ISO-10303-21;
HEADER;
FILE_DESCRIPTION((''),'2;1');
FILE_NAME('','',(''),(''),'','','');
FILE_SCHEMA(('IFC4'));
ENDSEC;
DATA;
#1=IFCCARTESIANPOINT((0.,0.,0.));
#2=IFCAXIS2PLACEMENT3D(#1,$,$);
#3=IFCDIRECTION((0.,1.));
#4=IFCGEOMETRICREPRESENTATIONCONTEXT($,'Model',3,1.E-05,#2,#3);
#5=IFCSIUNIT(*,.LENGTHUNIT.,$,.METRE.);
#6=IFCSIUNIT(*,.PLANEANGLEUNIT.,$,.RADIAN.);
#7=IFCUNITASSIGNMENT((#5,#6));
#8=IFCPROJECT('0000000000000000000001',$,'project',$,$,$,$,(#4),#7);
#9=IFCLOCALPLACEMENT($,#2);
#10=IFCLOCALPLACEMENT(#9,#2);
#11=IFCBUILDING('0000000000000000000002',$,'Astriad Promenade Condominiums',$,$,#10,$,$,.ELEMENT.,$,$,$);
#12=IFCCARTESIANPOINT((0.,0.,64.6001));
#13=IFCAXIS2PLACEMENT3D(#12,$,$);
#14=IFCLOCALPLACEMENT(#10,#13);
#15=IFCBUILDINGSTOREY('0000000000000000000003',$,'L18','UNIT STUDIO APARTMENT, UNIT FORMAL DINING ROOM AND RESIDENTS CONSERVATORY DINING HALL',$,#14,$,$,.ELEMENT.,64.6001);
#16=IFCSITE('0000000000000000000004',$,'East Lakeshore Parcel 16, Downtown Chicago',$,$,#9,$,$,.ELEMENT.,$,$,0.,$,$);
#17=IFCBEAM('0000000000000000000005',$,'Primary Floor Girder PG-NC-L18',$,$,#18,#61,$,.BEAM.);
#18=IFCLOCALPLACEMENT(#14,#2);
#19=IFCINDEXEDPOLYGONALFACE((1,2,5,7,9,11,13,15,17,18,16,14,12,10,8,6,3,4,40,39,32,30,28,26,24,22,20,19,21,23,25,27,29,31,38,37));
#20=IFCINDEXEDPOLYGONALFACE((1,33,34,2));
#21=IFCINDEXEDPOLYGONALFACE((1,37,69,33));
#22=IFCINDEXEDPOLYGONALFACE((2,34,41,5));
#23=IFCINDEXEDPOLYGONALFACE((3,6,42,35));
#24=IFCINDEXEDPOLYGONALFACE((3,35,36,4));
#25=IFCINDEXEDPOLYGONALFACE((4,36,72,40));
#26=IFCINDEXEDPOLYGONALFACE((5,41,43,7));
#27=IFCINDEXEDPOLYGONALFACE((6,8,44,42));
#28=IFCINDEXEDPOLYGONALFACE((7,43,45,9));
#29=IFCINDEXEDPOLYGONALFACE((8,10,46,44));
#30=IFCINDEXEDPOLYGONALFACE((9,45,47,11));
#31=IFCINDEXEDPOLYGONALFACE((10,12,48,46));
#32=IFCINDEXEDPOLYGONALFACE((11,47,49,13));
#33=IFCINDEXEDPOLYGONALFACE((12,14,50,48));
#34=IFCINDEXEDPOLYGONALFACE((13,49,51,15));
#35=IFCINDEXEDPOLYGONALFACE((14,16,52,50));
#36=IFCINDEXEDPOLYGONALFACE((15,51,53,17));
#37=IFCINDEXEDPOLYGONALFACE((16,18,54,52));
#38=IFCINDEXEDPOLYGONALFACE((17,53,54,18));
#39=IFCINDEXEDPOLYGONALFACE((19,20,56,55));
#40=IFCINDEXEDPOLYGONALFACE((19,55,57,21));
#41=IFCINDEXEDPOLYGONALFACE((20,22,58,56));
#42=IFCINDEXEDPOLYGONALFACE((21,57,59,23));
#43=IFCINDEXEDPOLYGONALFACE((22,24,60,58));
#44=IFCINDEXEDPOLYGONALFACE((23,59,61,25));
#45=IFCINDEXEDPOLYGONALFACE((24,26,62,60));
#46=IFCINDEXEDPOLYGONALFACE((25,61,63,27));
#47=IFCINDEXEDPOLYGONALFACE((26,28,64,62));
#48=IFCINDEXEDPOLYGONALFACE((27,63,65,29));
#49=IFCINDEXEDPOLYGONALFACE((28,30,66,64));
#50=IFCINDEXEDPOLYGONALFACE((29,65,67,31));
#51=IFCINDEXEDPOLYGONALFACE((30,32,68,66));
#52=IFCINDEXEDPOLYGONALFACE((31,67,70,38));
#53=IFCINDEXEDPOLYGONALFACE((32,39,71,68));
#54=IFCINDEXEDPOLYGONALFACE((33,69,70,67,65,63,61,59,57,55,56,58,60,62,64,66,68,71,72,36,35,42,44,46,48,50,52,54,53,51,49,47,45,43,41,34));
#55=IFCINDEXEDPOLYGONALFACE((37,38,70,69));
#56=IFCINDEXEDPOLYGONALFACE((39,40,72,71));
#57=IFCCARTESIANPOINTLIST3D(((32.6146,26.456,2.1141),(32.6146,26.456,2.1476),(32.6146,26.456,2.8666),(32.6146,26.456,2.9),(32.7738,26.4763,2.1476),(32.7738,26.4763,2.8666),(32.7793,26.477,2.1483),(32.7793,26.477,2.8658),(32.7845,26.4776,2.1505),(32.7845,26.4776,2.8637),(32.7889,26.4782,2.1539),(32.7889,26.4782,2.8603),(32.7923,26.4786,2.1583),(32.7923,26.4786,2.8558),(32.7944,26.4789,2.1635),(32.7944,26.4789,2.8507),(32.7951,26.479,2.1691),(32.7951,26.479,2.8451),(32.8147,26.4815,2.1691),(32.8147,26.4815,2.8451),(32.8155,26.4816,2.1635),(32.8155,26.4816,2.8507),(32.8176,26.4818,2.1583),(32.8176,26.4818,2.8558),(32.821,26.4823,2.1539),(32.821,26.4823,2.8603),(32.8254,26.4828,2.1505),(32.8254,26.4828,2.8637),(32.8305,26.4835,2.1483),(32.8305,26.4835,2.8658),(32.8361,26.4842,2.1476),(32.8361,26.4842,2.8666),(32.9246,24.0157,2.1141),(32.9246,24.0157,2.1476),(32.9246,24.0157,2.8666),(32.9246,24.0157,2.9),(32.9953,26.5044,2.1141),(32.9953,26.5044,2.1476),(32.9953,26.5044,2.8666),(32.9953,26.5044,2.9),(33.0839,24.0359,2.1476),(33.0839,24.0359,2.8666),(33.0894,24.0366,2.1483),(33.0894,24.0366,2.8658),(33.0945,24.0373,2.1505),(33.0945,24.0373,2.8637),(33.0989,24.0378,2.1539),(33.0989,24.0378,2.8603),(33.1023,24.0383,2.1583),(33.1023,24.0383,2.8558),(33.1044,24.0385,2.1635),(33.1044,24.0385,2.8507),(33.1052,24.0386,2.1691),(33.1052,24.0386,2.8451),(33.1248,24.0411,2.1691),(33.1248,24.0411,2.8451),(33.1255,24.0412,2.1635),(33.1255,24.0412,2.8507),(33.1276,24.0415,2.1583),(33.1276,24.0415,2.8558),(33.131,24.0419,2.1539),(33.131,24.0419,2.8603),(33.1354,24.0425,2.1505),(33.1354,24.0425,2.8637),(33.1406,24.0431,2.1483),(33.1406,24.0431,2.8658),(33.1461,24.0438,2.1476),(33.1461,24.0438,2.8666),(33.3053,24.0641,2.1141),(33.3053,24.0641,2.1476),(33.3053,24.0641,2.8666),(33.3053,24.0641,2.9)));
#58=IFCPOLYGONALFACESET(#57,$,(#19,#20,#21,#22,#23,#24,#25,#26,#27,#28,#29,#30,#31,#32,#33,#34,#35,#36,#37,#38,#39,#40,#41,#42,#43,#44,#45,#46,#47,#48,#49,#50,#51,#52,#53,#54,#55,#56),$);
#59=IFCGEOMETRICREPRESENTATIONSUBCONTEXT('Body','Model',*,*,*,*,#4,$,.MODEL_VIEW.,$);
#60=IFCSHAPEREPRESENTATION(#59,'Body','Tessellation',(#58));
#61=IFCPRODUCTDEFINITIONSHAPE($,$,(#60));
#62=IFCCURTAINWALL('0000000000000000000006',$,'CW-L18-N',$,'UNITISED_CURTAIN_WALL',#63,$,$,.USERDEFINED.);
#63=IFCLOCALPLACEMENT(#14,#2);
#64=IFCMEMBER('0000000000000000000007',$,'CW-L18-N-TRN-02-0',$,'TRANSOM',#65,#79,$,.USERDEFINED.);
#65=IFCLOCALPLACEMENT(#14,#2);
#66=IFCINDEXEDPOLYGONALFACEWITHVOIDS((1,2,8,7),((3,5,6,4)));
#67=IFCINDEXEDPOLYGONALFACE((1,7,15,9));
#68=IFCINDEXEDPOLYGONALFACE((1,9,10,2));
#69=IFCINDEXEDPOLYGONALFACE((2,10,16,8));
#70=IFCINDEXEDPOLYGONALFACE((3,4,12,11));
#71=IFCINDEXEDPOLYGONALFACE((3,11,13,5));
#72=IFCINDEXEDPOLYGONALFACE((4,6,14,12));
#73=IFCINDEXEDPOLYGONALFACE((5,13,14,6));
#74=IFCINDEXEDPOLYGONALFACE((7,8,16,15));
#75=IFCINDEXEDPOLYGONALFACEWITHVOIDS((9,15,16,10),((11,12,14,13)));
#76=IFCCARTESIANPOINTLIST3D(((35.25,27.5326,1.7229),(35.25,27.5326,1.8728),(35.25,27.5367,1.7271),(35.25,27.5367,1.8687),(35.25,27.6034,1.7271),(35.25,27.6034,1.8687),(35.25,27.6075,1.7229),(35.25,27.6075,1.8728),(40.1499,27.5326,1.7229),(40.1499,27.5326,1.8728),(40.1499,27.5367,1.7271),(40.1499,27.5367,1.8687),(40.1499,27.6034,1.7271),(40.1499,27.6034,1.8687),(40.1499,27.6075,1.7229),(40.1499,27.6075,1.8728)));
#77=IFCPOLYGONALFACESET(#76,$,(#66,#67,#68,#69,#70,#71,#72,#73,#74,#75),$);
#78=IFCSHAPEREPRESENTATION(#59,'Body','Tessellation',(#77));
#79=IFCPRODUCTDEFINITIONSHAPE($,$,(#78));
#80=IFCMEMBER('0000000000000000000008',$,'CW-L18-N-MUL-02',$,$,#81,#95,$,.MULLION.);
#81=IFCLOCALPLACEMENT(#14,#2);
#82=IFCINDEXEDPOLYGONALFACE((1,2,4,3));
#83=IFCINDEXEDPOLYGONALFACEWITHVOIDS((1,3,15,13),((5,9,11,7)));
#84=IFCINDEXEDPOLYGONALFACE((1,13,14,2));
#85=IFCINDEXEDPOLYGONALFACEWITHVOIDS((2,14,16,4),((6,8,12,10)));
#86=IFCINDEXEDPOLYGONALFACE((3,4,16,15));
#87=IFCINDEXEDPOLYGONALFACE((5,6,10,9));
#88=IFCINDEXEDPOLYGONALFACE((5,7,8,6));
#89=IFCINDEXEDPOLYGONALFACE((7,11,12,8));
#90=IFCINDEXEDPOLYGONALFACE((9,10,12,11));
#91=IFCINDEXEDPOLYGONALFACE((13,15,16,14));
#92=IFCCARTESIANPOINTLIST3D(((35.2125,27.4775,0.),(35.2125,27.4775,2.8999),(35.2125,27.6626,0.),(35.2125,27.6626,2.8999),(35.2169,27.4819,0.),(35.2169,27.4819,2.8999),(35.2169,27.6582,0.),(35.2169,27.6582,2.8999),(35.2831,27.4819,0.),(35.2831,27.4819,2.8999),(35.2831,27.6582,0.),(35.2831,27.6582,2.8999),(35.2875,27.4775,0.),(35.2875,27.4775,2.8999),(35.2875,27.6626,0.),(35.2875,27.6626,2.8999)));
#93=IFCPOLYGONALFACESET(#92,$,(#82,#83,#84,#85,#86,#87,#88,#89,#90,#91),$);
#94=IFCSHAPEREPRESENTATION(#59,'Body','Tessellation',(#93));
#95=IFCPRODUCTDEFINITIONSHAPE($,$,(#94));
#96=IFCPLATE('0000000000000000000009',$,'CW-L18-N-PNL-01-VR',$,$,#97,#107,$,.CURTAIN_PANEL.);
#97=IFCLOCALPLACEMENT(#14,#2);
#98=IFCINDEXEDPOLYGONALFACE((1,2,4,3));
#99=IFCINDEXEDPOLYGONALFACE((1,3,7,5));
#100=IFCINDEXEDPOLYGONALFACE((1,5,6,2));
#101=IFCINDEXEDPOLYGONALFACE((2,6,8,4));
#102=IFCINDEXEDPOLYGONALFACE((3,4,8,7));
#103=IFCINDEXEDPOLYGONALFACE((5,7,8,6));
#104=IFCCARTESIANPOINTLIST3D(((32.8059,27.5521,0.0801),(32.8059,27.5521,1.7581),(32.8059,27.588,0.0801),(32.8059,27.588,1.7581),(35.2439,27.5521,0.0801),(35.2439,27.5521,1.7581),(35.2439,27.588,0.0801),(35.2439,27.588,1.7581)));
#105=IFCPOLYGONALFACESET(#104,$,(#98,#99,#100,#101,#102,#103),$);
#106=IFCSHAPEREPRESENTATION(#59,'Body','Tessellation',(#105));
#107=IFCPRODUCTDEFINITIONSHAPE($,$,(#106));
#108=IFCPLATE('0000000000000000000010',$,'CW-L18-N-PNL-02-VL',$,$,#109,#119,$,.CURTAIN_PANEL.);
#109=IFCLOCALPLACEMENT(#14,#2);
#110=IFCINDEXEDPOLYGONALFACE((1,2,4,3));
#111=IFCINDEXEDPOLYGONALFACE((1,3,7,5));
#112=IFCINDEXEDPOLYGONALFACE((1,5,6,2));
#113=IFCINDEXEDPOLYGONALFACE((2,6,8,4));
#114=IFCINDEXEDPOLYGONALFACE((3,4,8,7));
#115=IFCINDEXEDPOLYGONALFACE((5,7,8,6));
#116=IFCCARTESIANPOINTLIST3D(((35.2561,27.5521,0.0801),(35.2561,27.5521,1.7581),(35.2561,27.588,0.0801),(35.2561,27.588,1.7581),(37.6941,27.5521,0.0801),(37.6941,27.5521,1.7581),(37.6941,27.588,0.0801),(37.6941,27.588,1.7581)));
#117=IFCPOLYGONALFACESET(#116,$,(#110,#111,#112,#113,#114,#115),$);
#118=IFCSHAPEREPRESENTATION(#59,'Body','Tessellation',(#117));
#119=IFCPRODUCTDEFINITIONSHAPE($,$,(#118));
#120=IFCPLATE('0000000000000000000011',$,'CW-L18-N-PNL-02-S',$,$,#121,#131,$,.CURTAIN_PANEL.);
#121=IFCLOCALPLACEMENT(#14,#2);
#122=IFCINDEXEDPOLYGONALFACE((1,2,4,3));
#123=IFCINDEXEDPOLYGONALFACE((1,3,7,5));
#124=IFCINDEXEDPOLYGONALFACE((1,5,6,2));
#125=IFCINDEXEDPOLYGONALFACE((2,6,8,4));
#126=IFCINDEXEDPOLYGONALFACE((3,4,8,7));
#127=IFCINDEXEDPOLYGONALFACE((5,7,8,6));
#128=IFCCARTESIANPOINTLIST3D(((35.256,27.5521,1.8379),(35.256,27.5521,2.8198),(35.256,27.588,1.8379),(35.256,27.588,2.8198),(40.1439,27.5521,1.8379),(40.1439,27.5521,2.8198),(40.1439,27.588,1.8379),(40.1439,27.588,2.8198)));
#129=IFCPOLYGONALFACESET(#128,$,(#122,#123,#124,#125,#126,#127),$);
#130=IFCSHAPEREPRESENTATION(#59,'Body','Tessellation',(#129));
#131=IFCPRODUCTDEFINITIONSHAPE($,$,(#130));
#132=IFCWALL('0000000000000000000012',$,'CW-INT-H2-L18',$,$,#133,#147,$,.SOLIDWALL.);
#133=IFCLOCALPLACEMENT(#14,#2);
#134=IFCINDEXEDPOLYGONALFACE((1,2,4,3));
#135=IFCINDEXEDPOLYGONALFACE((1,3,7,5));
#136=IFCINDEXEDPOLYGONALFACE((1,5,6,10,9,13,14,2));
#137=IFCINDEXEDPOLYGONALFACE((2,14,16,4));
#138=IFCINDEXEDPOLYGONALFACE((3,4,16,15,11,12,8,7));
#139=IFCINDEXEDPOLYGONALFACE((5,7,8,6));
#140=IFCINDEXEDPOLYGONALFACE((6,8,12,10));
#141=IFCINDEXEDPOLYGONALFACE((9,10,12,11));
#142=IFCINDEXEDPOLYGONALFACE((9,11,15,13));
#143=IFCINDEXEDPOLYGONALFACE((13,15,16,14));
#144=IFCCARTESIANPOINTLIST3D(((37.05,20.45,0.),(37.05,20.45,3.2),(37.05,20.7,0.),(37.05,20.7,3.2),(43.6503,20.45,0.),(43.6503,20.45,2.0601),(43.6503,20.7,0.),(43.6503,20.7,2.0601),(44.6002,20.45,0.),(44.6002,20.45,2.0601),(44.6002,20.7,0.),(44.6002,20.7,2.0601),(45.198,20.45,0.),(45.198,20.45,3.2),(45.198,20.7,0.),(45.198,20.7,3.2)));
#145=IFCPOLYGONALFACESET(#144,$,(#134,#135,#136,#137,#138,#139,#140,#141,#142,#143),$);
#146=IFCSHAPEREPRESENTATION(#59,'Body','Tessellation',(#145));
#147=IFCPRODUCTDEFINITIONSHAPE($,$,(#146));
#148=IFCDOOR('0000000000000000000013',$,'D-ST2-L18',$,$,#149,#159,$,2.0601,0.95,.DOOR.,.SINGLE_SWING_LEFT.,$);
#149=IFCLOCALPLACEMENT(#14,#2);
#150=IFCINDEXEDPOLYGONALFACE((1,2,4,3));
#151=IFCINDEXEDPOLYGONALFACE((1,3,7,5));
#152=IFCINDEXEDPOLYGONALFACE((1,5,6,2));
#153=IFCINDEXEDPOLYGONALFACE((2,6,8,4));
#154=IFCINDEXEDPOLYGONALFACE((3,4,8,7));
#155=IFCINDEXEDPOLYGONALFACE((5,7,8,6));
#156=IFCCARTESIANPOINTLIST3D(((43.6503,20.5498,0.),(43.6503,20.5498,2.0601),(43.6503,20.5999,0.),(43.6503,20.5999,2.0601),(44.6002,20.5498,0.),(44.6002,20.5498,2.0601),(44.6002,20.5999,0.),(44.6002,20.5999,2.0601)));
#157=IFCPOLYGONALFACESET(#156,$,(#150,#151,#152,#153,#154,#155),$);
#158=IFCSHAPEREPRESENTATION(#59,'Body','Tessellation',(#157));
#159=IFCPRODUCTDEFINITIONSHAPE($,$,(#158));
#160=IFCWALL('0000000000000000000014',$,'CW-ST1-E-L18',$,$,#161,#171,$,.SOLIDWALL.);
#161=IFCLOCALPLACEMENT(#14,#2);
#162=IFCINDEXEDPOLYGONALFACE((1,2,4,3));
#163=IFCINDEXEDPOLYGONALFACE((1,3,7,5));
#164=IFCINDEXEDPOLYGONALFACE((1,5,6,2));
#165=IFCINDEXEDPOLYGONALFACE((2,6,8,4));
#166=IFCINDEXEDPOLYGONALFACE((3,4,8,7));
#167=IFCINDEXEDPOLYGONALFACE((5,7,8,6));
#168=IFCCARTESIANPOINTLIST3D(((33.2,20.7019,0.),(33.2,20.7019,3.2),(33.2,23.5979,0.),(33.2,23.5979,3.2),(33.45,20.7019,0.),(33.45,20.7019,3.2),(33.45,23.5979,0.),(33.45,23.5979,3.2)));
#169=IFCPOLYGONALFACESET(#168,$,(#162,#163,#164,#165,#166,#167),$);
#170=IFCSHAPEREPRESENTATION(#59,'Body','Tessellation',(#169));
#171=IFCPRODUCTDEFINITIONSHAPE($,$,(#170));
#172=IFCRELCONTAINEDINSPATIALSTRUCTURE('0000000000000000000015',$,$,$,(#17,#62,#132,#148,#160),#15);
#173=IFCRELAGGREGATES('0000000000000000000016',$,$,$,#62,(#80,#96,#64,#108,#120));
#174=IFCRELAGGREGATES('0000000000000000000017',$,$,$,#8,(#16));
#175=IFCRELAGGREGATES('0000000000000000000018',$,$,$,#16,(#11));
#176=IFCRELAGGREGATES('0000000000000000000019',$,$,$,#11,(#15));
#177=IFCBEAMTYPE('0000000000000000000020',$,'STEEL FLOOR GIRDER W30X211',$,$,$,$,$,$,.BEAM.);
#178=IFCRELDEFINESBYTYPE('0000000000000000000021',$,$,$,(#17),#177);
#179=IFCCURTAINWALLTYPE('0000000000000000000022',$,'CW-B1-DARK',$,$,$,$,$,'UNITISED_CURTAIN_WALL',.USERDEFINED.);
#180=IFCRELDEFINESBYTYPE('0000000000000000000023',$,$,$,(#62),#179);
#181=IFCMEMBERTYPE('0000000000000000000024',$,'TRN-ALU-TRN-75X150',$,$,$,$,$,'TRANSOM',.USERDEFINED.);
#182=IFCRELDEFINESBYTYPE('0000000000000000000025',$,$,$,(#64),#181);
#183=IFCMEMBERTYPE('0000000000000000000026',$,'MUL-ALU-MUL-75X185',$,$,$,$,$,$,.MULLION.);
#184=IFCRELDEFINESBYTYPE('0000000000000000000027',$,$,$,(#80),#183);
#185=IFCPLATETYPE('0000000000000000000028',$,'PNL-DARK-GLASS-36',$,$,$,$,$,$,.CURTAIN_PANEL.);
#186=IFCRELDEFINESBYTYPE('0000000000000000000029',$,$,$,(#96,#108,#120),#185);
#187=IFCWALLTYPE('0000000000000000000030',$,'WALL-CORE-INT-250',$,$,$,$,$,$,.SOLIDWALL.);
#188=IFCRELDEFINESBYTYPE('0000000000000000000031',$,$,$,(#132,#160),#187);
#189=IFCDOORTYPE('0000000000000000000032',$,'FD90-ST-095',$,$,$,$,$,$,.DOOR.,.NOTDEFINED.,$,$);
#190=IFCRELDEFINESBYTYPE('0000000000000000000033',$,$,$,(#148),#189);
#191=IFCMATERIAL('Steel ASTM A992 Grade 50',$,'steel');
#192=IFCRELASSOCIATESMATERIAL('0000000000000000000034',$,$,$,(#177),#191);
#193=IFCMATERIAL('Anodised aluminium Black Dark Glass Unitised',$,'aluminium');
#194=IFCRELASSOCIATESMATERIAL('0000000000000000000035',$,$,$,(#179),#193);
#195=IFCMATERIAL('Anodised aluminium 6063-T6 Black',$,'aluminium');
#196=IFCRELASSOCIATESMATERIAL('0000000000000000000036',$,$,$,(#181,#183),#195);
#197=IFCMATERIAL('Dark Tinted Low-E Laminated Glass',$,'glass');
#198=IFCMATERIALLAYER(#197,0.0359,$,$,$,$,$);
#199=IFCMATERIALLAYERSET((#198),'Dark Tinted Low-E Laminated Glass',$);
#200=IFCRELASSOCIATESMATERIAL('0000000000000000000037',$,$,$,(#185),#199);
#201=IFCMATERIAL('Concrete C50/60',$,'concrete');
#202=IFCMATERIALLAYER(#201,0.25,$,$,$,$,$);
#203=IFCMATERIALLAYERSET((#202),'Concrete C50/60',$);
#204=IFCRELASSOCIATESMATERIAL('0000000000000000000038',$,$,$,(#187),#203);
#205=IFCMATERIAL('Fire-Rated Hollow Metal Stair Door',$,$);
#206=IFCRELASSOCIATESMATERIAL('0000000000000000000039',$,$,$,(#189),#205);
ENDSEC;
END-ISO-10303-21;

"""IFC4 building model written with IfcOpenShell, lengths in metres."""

from ifc_helpers import new_model, si_unit, direction, frame, frame_2d, origin, origin_2d, place, context, subcontext, project, spatial, rectangle, hollow_rectangle, i_section, extrude, source, transform, mapped, material, layer, layer_set, material_profile, profile_set, type_object, type_shapes, element, fill, aggregate, save


model = new_model("IFC4")

# Units and contexts
model_context = context("Model", 3, precision=1e-05, world=origin(), true_north=direction((0.0, 1.0)))
body_context = subcontext(model_context, "Body", "Model", "MODEL_VIEW")
ifc_project = project(units=[si_unit("LENGTHUNIT", "METRE"), si_unit("PLANEANGLEUNIT", "RADIAN")], contexts=[model_context])

# Site, building, storey
site_placement = place(None, origin())
site = spatial("IfcSite", under=ifc_project, at=site_placement, Name="East Lakeshore Parcel 16, Downtown Chicago", CompositionType="ELEMENT", RefElevation=0.0)
building_placement = place(site_placement, origin())
building = spatial("IfcBuilding", under=site, at=building_placement, Name="Astriad Promenade Condominiums", CompositionType="ELEMENT")
storey_placement = place(building_placement, frame((0.0, 0.0, 64.6001)))
storey = spatial("IfcBuildingStorey", under=building, at=storey_placement, Name="L18", Description="UNIT STUDIO APARTMENT, UNIT FORMAL DINING ROOM AND RESIDENTS CONSERVATORY DINING HALL", CompositionType="ELEMENT", Elevation=64.6001)

# Shared definitions
ifc_material_1 = material(Name="Steel ASTM A992 Grade 50", Category="steel")

# Beam
ifc_material_profile_1 = material_profile(ifc_material_1, i_section(OverallWidth=0.3838, OverallDepth=0.7859, WebThickness=0.0198, FlangeThickness=0.0334, FilletRadius=0.0215, at=origin_2d()), Name="W30X211")
ifc_profile_set_1 = profile_set([ifc_material_profile_1], Name="Steel ASTM A992 Grade 50")
beam_type_1 = type_object("IfcBeamType", Name="STEEL FLOOR GIRDER W30X211", PredefinedType="BEAM", material=ifc_profile_set_1)
shared_shape_1 = source(origin(), body_context, "Body", "SweptSolid", [
    extrude(i_section(OverallWidth=0.3838, OverallDepth=0.7859, WebThickness=0.0198, FlangeThickness=0.0334, FilletRadius=0.0215, at=origin_2d()), origin(), (0.0, 0.0, 1.0), 2.46),
])
type_shapes(beam_type_1, [shared_shape_1])
beam_1_placement = place(storey_placement, frame((32.8049, 26.4802, 2.5071), z_axis=(0.126038, -0.992025, 0.0), x_axis=(0.992025, 0.126038, 0.0)))
element("IfcBeam", 1, at=beam_1_placement, inside=storey, type_object=beam_type_1, Name="Primary Floor Girder PG-NC-L18", PredefinedType="BEAM", context=body_context, shape_type="MappedRepresentation", body=[
    mapped(shared_shape_1, transform((0.0, 0.0, 0.0), scale=1.0)),
])

# Curtain wall, members, plates
ifc_material_2 = material(Name="Anodised aluminium Black Dark Glass Unitised", Category="aluminium")
curtain_wall_type = type_object("IfcCurtainWallType", Name="CW-B1-DARK", ElementType="UNITISED_CURTAIN_WALL", PredefinedType="USERDEFINED", material=ifc_material_2)
curtain_wall_placement = place(storey_placement, origin())
curtain_wall = element("IfcCurtainWall", 2, at=curtain_wall_placement, inside=storey, type_object=curtain_wall_type, Name="CW-L18-N", ObjectType="UNITISED_CURTAIN_WALL", PredefinedType="USERDEFINED")
ifc_material_3 = material(Name="Anodised aluminium 6063-T6 Black", Category="aluminium")
ifc_material_profile_2 = material_profile(ifc_material_3, hollow_rectangle(XDim=0.075, YDim=0.1499, WallThickness=0.0042, at=origin_2d()), Name="ALU-TRN-75X150")
ifc_profile_set_2 = profile_set([ifc_material_profile_2], Name="Anodised aluminium 6063-T6 Black")
member_type_1 = type_object("IfcMemberType", Name="TRN-ALU-TRN-75X150", ElementType="TRANSOM", PredefinedType="USERDEFINED", material=ifc_profile_set_2)
shared_shape_2 = source(origin(), body_context, "Body", "SweptSolid", [
    extrude(hollow_rectangle(XDim=0.075, YDim=0.1499, WallThickness=0.0042, at=origin_2d()), origin(), (0.0, 0.0, 1.0), 4.8999),
])
type_shapes(member_type_1, [shared_shape_2])
member_1_placement = place(storey_placement, frame((35.25, 27.5701, 1.7979), z_axis=(1.0, 0.0, 0.0), x_axis=(0.0, 1.0, 0.0)))
member_1 = element("IfcMember", 3, at=member_1_placement, type_object=member_type_1, Name="CW-L18-N-TRN-02-0", ObjectType="TRANSOM", PredefinedType="USERDEFINED", context=body_context, shape_type="MappedRepresentation", body=[
    mapped(shared_shape_2, transform((0.0, 0.0, 0.0), scale=1.0)),
])
ifc_material_profile_3 = material_profile(ifc_material_3, hollow_rectangle(XDim=0.075, YDim=0.1851, WallThickness=0.0044, at=origin_2d()), Name="ALU-MUL-75X185")
ifc_profile_set_3 = profile_set([ifc_material_profile_3], Name="Anodised aluminium 6063-T6 Black")
member_type_2 = type_object("IfcMemberType", Name="MUL-ALU-MUL-75X185", PredefinedType="MULLION", material=ifc_profile_set_3)
shared_shape_3 = source(origin(), body_context, "Body", "SweptSolid", [
    extrude(hollow_rectangle(XDim=0.075, YDim=0.1851, WallThickness=0.0044, at=origin_2d()), origin(), (0.0, 0.0, 1.0), 2.8999),
])
type_shapes(member_type_2, [shared_shape_3])
member_2_placement = place(storey_placement, frame((35.25, 27.5701, 0.0), z_axis=(0.0, 0.0, 1.0), x_axis=(1.0, 0.0, 0.0)))
member_2 = element("IfcMember", 4, at=member_2_placement, type_object=member_type_2, Name="CW-L18-N-MUL-02", PredefinedType="MULLION", context=body_context, shape_type="MappedRepresentation", body=[
    mapped(shared_shape_3, transform((0.0, 0.0, 0.0), scale=1.0)),
])
ifc_material_4 = material(Name="Dark Tinted Low-E Laminated Glass", Category="glass")
ifc_layer_1 = layer(ifc_material_4, 0.0359)
ifc_layer_set_1 = layer_set([ifc_layer_1], Name="Dark Tinted Low-E Laminated Glass")
plate_type = type_object("IfcPlateType", Name="PNL-DARK-GLASS-36", PredefinedType="CURTAIN_PANEL", material=ifc_layer_set_1)
shared_shape_4 = source(origin(), body_context, "Body", "SweptSolid", [
    extrude(rectangle(XDim=2.438, YDim=0.0359, at=origin_2d()), origin(), (0.0, 0.0, 1.0), 1.678),
])
plate_1_placement = place(storey_placement, frame((34.0249, 27.5701, 0.0801), z_axis=(0.0, 0.0, 1.0), x_axis=(1.0, 0.0, 0.0)))
plate_1 = element("IfcPlate", 5, at=plate_1_placement, type_object=plate_type, Name="CW-L18-N-PNL-01-VR", PredefinedType="CURTAIN_PANEL", context=body_context, shape_type="MappedRepresentation", body=[
    mapped(shared_shape_4, transform((0.0, 0.0, 0.0), scale=1.0)),
])
plate_2_placement = place(storey_placement, frame((36.4751, 27.5701, 0.0801), z_axis=(0.0, 0.0, 1.0), x_axis=(1.0, 0.0, 0.0)))
plate_2 = element("IfcPlate", 6, at=plate_2_placement, type_object=plate_type, Name="CW-L18-N-PNL-02-VL", PredefinedType="CURTAIN_PANEL", context=body_context, shape_type="MappedRepresentation", body=[
    mapped(shared_shape_4, transform((0.0, 0.0, 0.0), scale=1.0)),
])
shared_shape_5 = source(origin(), body_context, "Body", "SweptSolid", [
    extrude(rectangle(XDim=4.8879, YDim=0.0359, at=origin_2d()), origin(), (0.0, 0.0, 1.0), 0.9819),
])
type_shapes(plate_type, [shared_shape_4, shared_shape_5])
plate_3_placement = place(storey_placement, frame((37.7, 27.5701, 1.8379), z_axis=(0.0, 0.0, 1.0), x_axis=(1.0, 0.0, 0.0)))
plate_3 = element("IfcPlate", 7, at=plate_3_placement, type_object=plate_type, Name="CW-L18-N-PNL-02-S", PredefinedType="CURTAIN_PANEL", context=body_context, shape_type="MappedRepresentation", body=[
    mapped(shared_shape_5, transform((0.0, 0.0, 0.0), scale=1.0)),
])
aggregate(curtain_wall, [member_2, plate_1, member_1, plate_2, plate_3])

# Wall, opening, door
ifc_material_5 = material(Name="Concrete C50/60", Category="concrete")
ifc_layer_2 = layer(ifc_material_5, 0.25)
ifc_layer_set_2 = layer_set([ifc_layer_2], Name="Concrete C50/60")
wall_type_1 = type_object("IfcWallType", Name="WALL-CORE-INT-250", PredefinedType="SOLIDWALL", material=ifc_layer_set_2)
wall_1_placement = place(storey_placement, frame((37.05, 20.575, 0.0), z_axis=(0.0, 0.0, 1.0), x_axis=(1.0, 0.0, 0.0)))
wall_1 = element("IfcWall", 8, at=wall_1_placement, inside=storey, type_object=wall_type_1, Name="CW-INT-H2-L18", PredefinedType="SOLIDWALL", context=body_context, shape_type="SweptSolid", body=[
    extrude(rectangle(XDim=8.1479, YDim=0.25, at=frame_2d((4.074, 0.0))), origin(), (0.0, 0.0, 1.0), 3.2),
])
opening_1_placement = place(wall_1_placement, frame((6.6001, 0.0, 0.0)))
opening_1 = element("IfcOpeningElement", 9, at=opening_1_placement, cuts=wall_1, PredefinedType="OPENING", context=body_context, shape_type="SweptSolid", body=[
    extrude(rectangle(XDim=0.95, YDim=2.0601, at=frame_2d((0.4751, 1.03))), frame((0.0, 0.135, 0.0), z_axis=(0.0, -1.0, 0.0), x_axis=(1.0, 0.0, 0.0)), (0.0, 0.0, 1.0), 0.27),
])
ifc_material_6 = material(Name="Fire-Rated Hollow Metal Stair Door")
door_type_1 = type_object("IfcDoorType", Name="FD90-ST-095", OperationType="NOTDEFINED", PredefinedType="DOOR", material=ifc_material_6)
shared_shape_6 = source(origin(), body_context, "Body", "SweptSolid", [
    extrude(rectangle(XDim=0.95, YDim=2.0601, at=frame_2d((0.4751, 1.03))), frame((0.0, 0.0249, 0.0), z_axis=(0.0, -1.0, 0.0), x_axis=(1.0, 0.0, 0.0)), (0.0, 0.0, 1.0), 0.05),
])
type_shapes(door_type_1, [shared_shape_6])
door_1_placement = place(opening_1_placement, origin())
door_1 = element("IfcDoor", 10, at=door_1_placement, inside=storey, type_object=door_type_1, Name="D-ST2-L18", OperationType="SINGLE_SWING_LEFT", OverallHeight=2.0601, OverallWidth=0.95, PredefinedType="DOOR", context=body_context, shape_type="MappedRepresentation", body=[
    mapped(shared_shape_6, transform((0.0, 0.0, 0.0), scale=1.0)),
])
fill(opening_1, door_1)

# Wall
for number, where, z_axis, x_axis, name in (
    (11, (33.325, 20.7019, 0.0), (0.0, 0.0, 1.0), (0.0, 1.0, 0.0), "CW-ST1-E-L18"),
):
    element("IfcWall", number, at=place(storey_placement, frame(where, z_axis=z_axis, x_axis=x_axis)), inside=storey, type_object=wall_type_1, Name=name, PredefinedType="SOLIDWALL", context=body_context, shape_type="SweptSolid", body=[
        extrude(rectangle(XDim=2.896, YDim=0.25, at=frame_2d((1.448, 0.0))), origin(), (0.0, 0.0, 1.0), 3.2),
    ])

save(model, "model.ifc")
